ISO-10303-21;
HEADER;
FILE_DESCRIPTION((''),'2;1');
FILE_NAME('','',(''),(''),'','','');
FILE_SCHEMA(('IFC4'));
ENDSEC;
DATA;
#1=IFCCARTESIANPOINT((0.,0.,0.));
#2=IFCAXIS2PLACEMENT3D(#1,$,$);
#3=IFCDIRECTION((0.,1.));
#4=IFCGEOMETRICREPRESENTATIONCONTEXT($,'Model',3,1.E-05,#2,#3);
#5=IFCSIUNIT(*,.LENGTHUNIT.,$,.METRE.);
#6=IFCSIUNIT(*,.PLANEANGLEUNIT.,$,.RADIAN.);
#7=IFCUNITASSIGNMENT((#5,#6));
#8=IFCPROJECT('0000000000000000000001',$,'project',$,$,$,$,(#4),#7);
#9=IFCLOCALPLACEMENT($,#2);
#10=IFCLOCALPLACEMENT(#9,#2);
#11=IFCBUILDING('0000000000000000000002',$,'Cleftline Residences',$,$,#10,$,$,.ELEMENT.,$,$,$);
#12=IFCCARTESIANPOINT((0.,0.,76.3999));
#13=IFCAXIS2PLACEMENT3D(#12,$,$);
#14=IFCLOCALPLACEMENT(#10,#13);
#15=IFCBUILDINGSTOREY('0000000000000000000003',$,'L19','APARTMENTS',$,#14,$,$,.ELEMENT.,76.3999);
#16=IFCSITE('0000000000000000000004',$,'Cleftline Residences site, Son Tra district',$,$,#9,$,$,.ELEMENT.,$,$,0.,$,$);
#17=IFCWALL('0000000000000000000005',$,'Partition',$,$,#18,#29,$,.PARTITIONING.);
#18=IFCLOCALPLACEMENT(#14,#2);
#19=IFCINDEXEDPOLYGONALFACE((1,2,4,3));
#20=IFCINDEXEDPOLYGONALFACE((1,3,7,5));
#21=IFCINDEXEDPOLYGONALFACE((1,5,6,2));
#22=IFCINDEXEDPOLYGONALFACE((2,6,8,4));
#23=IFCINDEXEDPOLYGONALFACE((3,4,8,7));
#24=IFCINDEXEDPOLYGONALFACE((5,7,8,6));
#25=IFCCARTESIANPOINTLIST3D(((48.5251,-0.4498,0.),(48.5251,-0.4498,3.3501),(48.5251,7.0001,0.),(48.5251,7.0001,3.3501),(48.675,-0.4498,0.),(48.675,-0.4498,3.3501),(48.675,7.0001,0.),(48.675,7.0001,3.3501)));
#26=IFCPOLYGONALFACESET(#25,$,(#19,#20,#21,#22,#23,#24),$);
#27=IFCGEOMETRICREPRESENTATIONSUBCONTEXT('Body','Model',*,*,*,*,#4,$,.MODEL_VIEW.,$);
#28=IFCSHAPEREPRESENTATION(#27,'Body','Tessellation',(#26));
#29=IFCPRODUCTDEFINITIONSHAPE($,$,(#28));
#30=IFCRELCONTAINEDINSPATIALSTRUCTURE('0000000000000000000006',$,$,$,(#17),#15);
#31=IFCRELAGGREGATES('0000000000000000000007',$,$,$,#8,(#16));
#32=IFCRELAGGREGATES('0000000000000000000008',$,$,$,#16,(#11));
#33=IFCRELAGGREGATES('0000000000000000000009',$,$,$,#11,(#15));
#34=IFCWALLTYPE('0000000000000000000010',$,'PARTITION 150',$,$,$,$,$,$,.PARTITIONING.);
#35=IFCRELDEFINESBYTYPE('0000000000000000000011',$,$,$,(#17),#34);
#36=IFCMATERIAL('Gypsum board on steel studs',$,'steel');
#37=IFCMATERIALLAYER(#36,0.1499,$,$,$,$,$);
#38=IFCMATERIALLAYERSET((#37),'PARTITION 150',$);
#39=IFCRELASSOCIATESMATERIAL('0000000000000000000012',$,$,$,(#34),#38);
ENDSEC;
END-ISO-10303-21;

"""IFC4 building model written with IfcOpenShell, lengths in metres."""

from ifc_helpers import new_model, si_unit, direction, frame, frame_2d, origin, place, context, subcontext, project, spatial, rectangle, extrude, material, layer, layer_set, type_object, element, save


model = new_model("IFC4")

# Units and contexts
model_context = context("Model", 3, precision=1e-05, world=origin(), true_north=direction((0.0, 1.0)))
body_context = subcontext(model_context, "Body", "Model", "MODEL_VIEW")
ifc_project = project(units=[si_unit("LENGTHUNIT", "METRE"), si_unit("PLANEANGLEUNIT", "RADIAN")], contexts=[model_context])

# Site, building, storey
site_placement = place(None, origin())
site = spatial("IfcSite", under=ifc_project, at=site_placement, Name="Cleftline Residences site, Son Tra district", CompositionType="ELEMENT", RefElevation=0.0)
building_placement = place(site_placement, origin())
building = spatial("IfcBuilding", under=site, at=building_placement, Name="Cleftline Residences", CompositionType="ELEMENT")
storey_placement = place(building_placement, frame((0.0, 0.0, 76.3999)))
storey = spatial("IfcBuildingStorey", under=building, at=storey_placement, Name="L19", Description="APARTMENTS", CompositionType="ELEMENT", Elevation=76.3999)

# Shared definitions
ifc_material_1 = material(Name="Gypsum board on steel studs", Category="steel")
ifc_layer_1 = layer(ifc_material_1, 0.1499)
ifc_layer_set_1 = layer_set([ifc_layer_1], Name="PARTITION 150")
wall_type_1 = type_object("IfcWallType", Name="PARTITION 150", PredefinedType="PARTITIONING", material=ifc_layer_set_1)

# Wall
wall_1_placement = place(storey_placement, frame((48.6001, -0.45, 0.0), z_axis=(0.0, 0.0, 1.0), x_axis=(0.0, 1.0, 0.0)))
element("IfcWall", 1, at=wall_1_placement, inside=storey, type_object=wall_type_1, Name="Partition", PredefinedType="PARTITIONING", context=body_context, shape_type="SweptSolid", body=[
    extrude(rectangle(XDim=7.45, YDim=0.1499, at=frame_2d((3.7251, 0.0))), origin(), (0.0, 0.0, 1.0), 3.3501),
])

save(model, "model.ifc")
